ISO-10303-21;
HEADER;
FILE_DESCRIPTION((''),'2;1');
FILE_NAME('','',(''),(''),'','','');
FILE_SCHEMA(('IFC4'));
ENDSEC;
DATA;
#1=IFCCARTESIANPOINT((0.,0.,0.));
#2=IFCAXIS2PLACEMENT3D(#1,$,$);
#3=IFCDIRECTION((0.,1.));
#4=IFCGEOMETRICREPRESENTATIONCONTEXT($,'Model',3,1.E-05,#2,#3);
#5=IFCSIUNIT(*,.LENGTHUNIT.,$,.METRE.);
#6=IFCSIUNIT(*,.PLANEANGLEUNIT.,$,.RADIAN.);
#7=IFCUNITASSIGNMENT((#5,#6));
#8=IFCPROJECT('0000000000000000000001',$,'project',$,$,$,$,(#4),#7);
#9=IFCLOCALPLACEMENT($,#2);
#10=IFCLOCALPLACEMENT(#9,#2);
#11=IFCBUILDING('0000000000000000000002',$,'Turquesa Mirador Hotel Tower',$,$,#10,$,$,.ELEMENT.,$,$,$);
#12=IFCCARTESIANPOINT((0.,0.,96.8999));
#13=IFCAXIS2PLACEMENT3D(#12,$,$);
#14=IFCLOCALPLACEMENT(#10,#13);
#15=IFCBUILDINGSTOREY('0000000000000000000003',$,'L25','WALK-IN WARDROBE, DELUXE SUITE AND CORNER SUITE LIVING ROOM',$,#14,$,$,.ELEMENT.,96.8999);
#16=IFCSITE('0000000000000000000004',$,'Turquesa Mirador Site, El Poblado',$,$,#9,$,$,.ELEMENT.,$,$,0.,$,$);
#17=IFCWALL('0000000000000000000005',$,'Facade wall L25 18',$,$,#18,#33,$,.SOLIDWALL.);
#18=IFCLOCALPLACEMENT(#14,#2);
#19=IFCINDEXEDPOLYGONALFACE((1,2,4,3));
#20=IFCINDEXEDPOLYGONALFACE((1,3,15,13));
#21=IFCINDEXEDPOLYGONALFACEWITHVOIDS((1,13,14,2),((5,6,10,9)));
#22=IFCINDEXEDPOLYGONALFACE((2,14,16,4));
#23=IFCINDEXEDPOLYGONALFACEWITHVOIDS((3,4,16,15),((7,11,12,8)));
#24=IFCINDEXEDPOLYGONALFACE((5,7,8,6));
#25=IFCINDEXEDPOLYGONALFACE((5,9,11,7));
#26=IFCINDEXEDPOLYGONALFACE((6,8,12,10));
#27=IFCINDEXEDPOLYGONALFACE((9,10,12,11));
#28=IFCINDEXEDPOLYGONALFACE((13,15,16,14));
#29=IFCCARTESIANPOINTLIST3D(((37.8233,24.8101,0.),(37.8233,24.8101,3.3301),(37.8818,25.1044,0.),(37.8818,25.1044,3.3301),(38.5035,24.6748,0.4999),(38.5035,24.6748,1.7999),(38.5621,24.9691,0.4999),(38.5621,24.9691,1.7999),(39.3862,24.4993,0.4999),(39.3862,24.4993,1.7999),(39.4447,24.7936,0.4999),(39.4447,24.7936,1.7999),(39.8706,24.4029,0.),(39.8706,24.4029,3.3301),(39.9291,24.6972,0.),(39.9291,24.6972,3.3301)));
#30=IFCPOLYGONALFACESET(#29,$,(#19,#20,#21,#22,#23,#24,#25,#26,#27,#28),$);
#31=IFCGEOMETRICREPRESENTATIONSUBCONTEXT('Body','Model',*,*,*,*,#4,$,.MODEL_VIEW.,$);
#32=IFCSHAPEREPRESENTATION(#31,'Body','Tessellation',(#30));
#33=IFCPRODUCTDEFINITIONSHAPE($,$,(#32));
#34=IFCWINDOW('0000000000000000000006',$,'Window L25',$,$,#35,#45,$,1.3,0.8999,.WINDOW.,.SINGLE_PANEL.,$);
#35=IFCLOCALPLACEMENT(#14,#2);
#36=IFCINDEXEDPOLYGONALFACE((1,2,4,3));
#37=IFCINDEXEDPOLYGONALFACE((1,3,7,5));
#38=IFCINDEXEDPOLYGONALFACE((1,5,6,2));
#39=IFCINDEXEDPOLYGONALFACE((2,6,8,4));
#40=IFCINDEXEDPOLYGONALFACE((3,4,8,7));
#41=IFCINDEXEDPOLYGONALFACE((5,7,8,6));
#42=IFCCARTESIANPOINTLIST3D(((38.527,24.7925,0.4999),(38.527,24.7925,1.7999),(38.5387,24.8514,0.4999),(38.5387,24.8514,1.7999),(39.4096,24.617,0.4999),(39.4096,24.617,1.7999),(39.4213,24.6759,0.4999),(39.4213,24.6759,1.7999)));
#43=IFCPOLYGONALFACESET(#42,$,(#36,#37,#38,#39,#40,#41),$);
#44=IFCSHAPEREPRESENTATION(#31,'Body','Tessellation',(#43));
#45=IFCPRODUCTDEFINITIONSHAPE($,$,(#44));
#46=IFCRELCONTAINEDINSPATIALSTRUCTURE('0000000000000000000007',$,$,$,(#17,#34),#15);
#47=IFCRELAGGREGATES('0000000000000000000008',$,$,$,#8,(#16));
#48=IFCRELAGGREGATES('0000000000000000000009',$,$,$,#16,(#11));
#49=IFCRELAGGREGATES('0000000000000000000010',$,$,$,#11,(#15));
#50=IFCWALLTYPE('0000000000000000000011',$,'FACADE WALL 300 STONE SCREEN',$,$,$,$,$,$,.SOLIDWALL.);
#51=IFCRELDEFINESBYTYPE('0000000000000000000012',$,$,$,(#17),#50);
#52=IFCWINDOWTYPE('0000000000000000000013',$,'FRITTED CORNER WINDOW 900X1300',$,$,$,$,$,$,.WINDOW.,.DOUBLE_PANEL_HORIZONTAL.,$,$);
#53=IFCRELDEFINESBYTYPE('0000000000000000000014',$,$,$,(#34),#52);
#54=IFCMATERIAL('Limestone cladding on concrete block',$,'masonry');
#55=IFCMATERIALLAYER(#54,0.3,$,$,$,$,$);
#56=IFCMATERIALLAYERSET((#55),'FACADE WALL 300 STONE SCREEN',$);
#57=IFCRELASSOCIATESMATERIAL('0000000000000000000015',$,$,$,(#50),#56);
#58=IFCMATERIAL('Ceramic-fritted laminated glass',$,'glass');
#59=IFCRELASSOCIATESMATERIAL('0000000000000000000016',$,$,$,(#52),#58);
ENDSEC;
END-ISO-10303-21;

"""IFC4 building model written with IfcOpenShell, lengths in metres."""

from ifc_helpers import new_model, si_unit, direction, frame, frame_2d, origin, place, context, subcontext, project, spatial, rectangle, extrude, material, layer, layer_set, type_object, element, fill, save


model = new_model("IFC4")

# Units and contexts
model_context = context("Model", 3, precision=1e-05, world=origin(), true_north=direction((0.0, 1.0)))
body_context = subcontext(model_context, "Body", "Model", "MODEL_VIEW")
ifc_project = project(units=[si_unit("LENGTHUNIT", "METRE"), si_unit("PLANEANGLEUNIT", "RADIAN")], contexts=[model_context])

# Site, building, storey
site_placement = place(None, origin())
site = spatial("IfcSite", under=ifc_project, at=site_placement, Name="Turquesa Mirador Site, El Poblado", CompositionType="ELEMENT", RefElevation=0.0)
building_placement = place(site_placement, origin())
building = spatial("IfcBuilding", under=site, at=building_placement, Name="Turquesa Mirador Hotel Tower", CompositionType="ELEMENT")
storey_placement = place(building_placement, frame((0.0, 0.0, 96.8999)))
storey = spatial("IfcBuildingStorey", under=building, at=storey_placement, Name="L25", Description="WALK-IN WARDROBE, DELUXE SUITE AND CORNER SUITE LIVING ROOM", CompositionType="ELEMENT", Elevation=96.8999)

# Wall, opening, window
ifc_material_1 = material(Name="Limestone cladding on concrete block", Category="masonry")
ifc_layer_1 = layer(ifc_material_1, 0.3)
ifc_layer_set_1 = layer_set([ifc_layer_1], Name="FACADE WALL 300 STONE SCREEN")
wall_type_1 = type_object("IfcWallType", Name="FACADE WALL 300 STONE SCREEN", PredefinedType="SOLIDWALL", material=ifc_layer_set_1)
wall_1_placement = place(storey_placement, frame((37.8525, 24.9573, 0.0), z_axis=(0.0, 0.0, 1.0), x_axis=(0.980787, -0.195081, 0.0)))
wall_1 = element("IfcWall", 1, at=wall_1_placement, inside=storey, type_object=wall_type_1, Name="Facade wall L25 18", PredefinedType="SOLIDWALL", context=body_context, shape_type="SweptSolid", body=[
    extrude(rectangle(XDim=2.0874, YDim=0.3, at=frame_2d((1.0437, 0.0))), origin(), (0.0, 0.0, 1.0), 3.3301),
])
opening_1_placement = place(wall_1_placement, frame((0.6936, 0.0, 0.5)))
opening_1 = element("IfcOpeningElement", 2, at=opening_1_placement, cuts=wall_1, PredefinedType="OPENING", context=body_context, shape_type="SweptSolid", body=[
    extrude(rectangle(XDim=0.8999, YDim=1.3, at=frame_2d((0.45, 0.6499))), frame((0.0, 0.1599, 0.0), z_axis=(0.0, -1.0, 0.0), x_axis=(1.0, 0.0, 0.0)), (0.0, 0.0, 1.0), 0.3201),
])
ifc_material_2 = material(Name="Ceramic-fritted laminated glass", Category="glass")
window_type_1 = type_object("IfcWindowType", Name="FRITTED CORNER WINDOW 900X1300", PartitioningType="DOUBLE_PANEL_HORIZONTAL", PredefinedType="WINDOW", material=ifc_material_2)
window_1_placement = place(opening_1_placement, origin())
window_1 = element("IfcWindow", 3, at=window_1_placement, inside=storey, type_object=window_type_1, Name="Window L25", OverallHeight=1.3, OverallWidth=0.8999, PartitioningType="SINGLE_PANEL", PredefinedType="WINDOW", context=body_context, shape_type="SweptSolid", body=[
    extrude(rectangle(XDim=0.8999, YDim=1.3, at=frame_2d((0.45, 0.6499))), frame((0.0, 0.03, 0.0), z_axis=(0.0, -1.0, 0.0), x_axis=(1.0, 0.0, 0.0)), (0.0, 0.0, 1.0), 0.0601),
])
fill(opening_1, window_1)

save(model, "model.ifc")
